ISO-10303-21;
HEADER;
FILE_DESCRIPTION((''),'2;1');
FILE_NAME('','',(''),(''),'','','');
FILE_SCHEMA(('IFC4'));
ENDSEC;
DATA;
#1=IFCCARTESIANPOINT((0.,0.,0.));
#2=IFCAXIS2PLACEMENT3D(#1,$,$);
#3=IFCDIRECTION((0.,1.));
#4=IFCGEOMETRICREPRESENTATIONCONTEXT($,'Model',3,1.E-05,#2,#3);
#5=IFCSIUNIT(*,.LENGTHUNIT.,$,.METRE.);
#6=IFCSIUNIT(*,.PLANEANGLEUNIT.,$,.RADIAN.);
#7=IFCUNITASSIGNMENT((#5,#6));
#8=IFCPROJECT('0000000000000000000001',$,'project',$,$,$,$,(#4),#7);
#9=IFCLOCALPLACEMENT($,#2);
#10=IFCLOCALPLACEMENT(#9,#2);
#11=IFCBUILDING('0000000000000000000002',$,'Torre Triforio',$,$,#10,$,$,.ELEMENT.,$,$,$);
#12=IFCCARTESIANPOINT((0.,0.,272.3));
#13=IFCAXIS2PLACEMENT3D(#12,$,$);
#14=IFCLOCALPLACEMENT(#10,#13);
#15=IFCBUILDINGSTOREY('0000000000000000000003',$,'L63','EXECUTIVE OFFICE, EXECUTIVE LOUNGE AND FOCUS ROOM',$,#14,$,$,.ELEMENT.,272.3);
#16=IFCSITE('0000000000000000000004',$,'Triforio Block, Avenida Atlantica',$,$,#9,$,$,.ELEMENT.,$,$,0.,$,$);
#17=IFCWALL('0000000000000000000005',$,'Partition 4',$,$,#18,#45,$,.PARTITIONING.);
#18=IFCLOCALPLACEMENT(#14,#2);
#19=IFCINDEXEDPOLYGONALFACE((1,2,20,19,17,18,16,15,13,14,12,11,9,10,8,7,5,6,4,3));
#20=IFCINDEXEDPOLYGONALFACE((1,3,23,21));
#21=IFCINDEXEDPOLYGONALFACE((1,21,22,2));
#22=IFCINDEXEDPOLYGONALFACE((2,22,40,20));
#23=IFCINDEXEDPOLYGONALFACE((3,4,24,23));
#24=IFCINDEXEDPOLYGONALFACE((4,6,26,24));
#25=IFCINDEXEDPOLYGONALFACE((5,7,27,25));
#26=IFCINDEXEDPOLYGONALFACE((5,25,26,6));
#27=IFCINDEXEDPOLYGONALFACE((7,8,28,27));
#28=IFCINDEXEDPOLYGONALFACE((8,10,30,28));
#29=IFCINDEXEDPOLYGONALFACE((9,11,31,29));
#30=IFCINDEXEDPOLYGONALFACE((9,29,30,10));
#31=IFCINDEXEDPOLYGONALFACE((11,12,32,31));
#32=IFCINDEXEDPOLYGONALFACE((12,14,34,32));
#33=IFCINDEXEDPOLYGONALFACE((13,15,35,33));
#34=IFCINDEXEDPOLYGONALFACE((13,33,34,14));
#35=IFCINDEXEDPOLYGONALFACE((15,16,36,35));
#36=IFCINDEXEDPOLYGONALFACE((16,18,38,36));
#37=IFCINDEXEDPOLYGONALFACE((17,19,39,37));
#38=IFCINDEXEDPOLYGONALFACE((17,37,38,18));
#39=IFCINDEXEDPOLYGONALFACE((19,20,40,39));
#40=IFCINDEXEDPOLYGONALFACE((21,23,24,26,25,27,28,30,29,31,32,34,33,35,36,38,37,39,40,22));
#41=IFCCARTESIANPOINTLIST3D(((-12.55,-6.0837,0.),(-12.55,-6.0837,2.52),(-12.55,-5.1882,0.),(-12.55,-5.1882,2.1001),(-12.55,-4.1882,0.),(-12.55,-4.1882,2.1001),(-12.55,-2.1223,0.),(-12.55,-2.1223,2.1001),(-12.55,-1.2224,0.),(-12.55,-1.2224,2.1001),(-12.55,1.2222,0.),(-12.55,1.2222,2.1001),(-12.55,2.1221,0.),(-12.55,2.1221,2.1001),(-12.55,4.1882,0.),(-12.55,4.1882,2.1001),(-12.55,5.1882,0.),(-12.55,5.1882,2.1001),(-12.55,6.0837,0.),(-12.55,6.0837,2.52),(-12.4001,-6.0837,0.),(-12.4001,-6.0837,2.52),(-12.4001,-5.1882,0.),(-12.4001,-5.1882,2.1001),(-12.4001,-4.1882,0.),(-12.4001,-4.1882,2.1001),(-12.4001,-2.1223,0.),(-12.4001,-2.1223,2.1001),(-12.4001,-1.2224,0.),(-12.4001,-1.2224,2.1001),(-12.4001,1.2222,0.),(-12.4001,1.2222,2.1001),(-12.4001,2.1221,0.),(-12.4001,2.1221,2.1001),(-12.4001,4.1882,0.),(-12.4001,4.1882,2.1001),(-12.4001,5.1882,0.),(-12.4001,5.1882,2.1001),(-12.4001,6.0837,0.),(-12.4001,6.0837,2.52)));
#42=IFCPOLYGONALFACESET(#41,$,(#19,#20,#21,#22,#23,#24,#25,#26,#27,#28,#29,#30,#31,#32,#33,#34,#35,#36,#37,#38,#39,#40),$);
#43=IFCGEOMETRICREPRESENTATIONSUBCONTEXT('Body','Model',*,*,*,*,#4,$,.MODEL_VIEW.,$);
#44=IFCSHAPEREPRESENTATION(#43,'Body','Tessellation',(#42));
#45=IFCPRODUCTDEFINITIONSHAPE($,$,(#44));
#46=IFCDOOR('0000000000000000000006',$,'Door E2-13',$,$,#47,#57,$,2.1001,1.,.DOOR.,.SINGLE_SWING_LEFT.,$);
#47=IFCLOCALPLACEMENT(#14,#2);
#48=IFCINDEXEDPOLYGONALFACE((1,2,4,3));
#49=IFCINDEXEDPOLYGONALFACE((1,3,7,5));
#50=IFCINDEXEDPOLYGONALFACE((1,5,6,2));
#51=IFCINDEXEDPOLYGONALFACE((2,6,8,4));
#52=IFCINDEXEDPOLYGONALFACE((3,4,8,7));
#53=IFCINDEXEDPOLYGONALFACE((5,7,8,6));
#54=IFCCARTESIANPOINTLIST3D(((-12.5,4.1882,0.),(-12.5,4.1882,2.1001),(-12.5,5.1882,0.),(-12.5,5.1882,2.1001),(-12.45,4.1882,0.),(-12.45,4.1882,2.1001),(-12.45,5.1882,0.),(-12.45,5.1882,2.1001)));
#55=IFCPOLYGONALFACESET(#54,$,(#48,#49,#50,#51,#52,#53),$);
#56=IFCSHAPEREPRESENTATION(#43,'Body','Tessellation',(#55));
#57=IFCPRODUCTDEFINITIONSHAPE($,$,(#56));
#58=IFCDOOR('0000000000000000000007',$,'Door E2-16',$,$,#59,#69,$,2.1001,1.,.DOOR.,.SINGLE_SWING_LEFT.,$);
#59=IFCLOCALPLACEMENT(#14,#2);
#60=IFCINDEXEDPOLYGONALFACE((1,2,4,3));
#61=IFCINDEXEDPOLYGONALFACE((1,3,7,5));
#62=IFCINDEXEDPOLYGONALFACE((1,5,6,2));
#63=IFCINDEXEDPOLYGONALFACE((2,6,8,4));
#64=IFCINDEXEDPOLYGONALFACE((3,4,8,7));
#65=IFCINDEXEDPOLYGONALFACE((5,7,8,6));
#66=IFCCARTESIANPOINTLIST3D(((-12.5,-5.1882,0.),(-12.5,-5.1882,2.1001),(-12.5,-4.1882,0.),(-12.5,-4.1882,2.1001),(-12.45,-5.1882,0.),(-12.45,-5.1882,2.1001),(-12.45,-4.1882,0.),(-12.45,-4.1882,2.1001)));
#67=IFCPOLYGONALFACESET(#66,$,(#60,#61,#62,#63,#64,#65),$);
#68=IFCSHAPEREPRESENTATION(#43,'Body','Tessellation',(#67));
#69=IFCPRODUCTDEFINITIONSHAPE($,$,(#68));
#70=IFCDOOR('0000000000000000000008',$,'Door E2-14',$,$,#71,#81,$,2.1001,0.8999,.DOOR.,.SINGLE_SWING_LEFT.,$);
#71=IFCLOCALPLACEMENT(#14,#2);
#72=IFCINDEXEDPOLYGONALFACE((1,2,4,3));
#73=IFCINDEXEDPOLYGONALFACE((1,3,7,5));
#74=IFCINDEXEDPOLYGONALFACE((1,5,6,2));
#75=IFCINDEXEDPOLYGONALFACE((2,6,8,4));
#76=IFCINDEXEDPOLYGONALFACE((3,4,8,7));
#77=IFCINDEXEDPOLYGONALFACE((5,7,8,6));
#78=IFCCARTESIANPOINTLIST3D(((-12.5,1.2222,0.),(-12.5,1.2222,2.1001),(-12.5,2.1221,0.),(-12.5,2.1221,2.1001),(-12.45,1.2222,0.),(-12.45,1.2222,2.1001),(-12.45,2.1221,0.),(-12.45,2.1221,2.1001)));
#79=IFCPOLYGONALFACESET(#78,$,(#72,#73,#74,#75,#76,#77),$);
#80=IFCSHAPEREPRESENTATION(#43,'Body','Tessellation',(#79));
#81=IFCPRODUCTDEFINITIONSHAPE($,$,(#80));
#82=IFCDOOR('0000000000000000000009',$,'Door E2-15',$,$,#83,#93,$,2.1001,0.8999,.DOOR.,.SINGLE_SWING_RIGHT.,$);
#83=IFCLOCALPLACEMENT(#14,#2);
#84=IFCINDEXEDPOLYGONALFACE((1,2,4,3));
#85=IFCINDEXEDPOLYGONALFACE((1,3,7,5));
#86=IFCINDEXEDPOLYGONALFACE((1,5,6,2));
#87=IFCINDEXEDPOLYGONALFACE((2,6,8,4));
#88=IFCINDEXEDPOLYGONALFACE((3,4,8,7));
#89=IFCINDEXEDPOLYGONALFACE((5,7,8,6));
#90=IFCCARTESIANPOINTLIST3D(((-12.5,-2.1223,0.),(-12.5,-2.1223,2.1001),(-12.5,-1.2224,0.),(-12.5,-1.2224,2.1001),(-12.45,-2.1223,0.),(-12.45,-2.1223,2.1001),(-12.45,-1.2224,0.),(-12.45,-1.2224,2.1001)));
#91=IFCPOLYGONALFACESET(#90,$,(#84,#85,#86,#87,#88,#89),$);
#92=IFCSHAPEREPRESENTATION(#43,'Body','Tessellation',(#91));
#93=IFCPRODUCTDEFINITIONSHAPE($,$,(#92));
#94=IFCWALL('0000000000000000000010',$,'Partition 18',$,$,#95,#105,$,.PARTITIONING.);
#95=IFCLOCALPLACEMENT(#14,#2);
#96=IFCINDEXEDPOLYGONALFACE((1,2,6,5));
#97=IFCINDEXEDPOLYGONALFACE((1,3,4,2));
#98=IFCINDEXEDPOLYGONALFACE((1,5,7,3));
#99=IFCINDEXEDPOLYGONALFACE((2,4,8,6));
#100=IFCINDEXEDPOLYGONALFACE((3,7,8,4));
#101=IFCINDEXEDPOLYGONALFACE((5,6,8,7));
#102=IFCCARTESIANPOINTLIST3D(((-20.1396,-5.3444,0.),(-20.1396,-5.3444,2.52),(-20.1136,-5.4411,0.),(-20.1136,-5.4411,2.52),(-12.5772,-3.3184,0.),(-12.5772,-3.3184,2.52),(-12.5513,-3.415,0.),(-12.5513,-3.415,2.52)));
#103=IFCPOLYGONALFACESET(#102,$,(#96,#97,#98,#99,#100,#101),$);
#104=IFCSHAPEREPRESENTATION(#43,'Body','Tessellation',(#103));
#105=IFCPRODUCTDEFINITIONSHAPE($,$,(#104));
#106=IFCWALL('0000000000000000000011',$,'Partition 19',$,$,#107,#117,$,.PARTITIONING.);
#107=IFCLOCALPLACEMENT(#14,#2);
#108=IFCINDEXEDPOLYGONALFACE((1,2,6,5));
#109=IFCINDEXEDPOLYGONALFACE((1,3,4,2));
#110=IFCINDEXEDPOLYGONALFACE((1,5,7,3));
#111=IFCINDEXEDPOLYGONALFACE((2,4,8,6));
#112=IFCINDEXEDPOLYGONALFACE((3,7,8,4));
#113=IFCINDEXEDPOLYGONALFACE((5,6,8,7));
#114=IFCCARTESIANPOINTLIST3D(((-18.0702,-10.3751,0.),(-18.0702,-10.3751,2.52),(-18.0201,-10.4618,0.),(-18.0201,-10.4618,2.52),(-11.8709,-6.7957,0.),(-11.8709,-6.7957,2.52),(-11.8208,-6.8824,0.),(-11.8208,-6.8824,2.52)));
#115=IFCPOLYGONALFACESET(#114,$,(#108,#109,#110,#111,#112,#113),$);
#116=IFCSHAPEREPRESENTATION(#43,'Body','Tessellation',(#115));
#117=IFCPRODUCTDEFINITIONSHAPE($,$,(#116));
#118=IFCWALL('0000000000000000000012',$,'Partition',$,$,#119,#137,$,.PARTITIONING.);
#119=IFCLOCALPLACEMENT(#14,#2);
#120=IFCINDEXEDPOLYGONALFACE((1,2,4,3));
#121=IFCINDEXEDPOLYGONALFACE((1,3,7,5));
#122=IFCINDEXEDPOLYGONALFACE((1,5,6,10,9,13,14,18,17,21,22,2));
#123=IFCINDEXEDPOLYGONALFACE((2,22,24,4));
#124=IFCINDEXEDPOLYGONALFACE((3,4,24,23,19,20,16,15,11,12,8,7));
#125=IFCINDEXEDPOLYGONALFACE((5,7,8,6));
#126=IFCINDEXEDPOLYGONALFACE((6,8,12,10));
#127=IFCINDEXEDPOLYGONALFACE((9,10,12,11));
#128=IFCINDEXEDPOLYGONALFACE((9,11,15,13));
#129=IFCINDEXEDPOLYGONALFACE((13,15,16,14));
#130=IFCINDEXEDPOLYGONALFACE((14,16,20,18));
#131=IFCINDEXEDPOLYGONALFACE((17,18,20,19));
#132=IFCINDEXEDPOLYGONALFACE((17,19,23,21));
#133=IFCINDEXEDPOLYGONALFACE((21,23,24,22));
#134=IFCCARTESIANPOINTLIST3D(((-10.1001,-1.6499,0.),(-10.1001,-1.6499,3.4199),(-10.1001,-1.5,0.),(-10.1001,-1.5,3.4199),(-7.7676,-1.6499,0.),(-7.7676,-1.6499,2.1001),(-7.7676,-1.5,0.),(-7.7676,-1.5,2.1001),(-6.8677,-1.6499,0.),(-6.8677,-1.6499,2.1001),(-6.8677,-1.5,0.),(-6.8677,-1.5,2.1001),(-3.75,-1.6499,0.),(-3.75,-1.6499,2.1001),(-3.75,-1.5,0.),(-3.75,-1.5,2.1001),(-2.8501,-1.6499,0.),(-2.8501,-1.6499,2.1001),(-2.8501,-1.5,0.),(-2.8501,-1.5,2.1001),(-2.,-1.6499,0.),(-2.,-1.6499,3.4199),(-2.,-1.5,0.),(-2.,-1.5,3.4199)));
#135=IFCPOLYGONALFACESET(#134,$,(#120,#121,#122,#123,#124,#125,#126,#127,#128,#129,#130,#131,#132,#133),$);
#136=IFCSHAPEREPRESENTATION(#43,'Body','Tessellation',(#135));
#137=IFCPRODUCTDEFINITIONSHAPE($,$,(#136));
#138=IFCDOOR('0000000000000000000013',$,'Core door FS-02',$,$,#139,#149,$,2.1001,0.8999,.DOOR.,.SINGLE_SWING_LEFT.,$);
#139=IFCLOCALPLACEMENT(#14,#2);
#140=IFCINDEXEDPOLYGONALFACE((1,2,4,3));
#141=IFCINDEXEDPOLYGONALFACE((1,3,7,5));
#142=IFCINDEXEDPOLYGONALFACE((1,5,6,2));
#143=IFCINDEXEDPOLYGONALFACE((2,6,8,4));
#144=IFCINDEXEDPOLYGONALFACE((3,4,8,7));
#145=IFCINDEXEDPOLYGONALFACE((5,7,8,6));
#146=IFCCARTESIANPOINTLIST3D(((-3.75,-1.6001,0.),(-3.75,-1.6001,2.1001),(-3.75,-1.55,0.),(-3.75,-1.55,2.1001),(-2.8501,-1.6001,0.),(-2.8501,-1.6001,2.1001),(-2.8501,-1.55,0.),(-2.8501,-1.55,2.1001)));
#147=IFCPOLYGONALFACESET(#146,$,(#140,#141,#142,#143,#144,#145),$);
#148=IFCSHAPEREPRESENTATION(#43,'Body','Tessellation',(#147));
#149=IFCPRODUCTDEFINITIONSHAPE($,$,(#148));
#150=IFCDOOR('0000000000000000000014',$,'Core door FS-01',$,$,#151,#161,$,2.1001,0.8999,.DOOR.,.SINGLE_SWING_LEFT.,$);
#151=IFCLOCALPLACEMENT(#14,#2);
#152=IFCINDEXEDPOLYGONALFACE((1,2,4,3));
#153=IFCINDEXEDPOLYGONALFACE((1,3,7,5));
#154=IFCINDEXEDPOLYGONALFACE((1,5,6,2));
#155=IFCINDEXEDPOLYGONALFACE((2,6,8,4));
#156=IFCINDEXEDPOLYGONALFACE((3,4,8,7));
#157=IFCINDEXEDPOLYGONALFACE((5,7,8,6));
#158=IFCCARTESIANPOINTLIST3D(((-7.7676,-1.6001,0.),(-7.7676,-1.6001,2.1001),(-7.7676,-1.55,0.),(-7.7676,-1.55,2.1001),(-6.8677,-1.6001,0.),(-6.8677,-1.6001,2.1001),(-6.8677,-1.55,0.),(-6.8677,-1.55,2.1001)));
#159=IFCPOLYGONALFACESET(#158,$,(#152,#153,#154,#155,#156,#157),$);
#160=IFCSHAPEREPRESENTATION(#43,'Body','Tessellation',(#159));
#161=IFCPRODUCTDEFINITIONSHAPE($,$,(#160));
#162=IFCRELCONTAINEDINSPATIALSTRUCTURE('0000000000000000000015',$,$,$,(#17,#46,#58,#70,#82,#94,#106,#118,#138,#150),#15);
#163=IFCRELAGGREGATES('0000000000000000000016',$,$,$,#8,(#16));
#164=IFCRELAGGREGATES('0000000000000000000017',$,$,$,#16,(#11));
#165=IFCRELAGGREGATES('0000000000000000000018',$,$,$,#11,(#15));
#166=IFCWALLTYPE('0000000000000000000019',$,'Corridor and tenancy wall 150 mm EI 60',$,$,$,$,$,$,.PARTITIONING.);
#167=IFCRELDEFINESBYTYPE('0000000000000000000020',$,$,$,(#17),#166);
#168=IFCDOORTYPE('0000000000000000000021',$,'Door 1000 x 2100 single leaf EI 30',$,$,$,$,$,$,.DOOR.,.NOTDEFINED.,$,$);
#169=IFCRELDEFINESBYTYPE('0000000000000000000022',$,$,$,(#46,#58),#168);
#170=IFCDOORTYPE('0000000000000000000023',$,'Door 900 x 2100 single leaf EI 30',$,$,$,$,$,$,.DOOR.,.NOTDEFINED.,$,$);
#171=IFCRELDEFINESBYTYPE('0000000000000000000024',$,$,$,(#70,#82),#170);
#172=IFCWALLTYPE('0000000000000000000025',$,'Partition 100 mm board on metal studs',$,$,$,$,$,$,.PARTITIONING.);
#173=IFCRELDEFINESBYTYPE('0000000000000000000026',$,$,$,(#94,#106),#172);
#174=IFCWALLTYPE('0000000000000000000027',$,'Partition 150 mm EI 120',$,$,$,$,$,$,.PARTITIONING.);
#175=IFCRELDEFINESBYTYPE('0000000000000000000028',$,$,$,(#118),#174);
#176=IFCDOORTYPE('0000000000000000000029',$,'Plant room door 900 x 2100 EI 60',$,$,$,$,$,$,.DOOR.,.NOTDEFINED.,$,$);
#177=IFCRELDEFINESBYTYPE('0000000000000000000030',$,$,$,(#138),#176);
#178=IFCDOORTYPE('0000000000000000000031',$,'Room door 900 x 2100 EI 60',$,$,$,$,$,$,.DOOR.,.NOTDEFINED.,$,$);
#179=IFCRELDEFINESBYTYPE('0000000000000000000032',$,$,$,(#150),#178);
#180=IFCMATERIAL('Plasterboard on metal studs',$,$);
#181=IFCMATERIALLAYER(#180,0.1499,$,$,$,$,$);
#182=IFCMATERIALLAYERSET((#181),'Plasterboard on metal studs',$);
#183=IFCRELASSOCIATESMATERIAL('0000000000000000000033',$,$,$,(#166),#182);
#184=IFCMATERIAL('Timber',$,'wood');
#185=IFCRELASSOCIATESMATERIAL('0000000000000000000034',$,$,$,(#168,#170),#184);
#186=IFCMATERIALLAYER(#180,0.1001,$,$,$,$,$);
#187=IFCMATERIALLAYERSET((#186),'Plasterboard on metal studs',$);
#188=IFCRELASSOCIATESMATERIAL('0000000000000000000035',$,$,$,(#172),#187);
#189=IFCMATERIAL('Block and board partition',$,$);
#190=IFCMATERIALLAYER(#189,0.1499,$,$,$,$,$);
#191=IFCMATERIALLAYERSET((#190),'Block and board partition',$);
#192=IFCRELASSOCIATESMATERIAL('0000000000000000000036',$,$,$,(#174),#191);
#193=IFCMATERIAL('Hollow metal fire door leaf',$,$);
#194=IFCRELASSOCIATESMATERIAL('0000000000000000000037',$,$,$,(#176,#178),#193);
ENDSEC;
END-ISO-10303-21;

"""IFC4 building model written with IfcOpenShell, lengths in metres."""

from ifc_helpers import new_model, si_unit, direction, frame, frame_2d, origin, place, context, subcontext, project, spatial, rectangle, extrude, material, layer, layer_set, type_object, element, fill, save


model = new_model("IFC4")

# Units and contexts
model_context = context("Model", 3, precision=1e-05, world=origin(), true_north=direction((0.0, 1.0)))
body_context = subcontext(model_context, "Body", "Model", "MODEL_VIEW")
ifc_project = project(units=[si_unit("LENGTHUNIT", "METRE"), si_unit("PLANEANGLEUNIT", "RADIAN")], contexts=[model_context])

# Site, building, storey
site_placement = place(None, origin())
site = spatial("IfcSite", under=ifc_project, at=site_placement, Name="Triforio Block, Avenida Atlantica", CompositionType="ELEMENT", RefElevation=0.0)
building_placement = place(site_placement, origin())
building = spatial("IfcBuilding", under=site, at=building_placement, Name="Torre Triforio", CompositionType="ELEMENT")
storey_placement = place(building_placement, frame((0.0, 0.0, 272.3)))
storey = spatial("IfcBuildingStorey", under=building, at=storey_placement, Name="L63", Description="EXECUTIVE OFFICE, EXECUTIVE LOUNGE AND FOCUS ROOM", CompositionType="ELEMENT", Elevation=272.3)

# Shared definitions
ifc_material_1 = material(Name="Hollow metal fire door leaf")

# Wall, openings, doors
ifc_material_2 = material(Name="Plasterboard on metal studs")
ifc_layer_1 = layer(ifc_material_2, 0.1499)
ifc_layer_set_1 = layer_set([ifc_layer_1], Name="Plasterboard on metal studs")
wall_type_1 = type_object("IfcWallType", Name="Corridor and tenancy wall 150 mm EI 60", PredefinedType="PARTITIONING", material=ifc_layer_set_1)
wall_1_placement = place(storey_placement, frame((-12.4751, -6.0837, 0.0), z_axis=(0.0, 0.0, 1.0), x_axis=(0.0, 1.0, 0.0)))
wall_1 = element("IfcWall", 1, at=wall_1_placement, inside=storey, type_object=wall_type_1, Name="Partition 4", PredefinedType="PARTITIONING", context=body_context, shape_type="SweptSolid", body=[
    extrude(rectangle(XDim=12.1675, YDim=0.1499, at=frame_2d((6.0837, 0.0))), origin(), (0.0, 0.0, 1.0), 2.52),
])
opening_1_placement = place(wall_1_placement, frame((10.272, 0.0, 0.0)))
opening_1 = element("IfcOpeningElement", 2, at=opening_1_placement, cuts=wall_1, PredefinedType="OPENING", context=body_context, shape_type="SweptSolid", body=[
    extrude(rectangle(XDim=1.0, YDim=2.1001, at=frame_2d((0.5, 1.05))), frame((0.0, 0.085, 0.0), z_axis=(0.0, -1.0, 0.0), x_axis=(1.0, 0.0, 0.0)), (0.0, 0.0, 1.0), 0.1699),
])
opening_2_placement = place(wall_1_placement, frame((7.3059, 0.0, 0.0)))
opening_2 = element("IfcOpeningElement", 3, at=opening_2_placement, cuts=wall_1, PredefinedType="OPENING", context=body_context, shape_type="SweptSolid", body=[
    extrude(rectangle(XDim=0.8999, YDim=2.1001, at=frame_2d((0.45, 1.05))), frame((0.0, 0.085, 0.0), z_axis=(0.0, -1.0, 0.0), x_axis=(1.0, 0.0, 0.0)), (0.0, 0.0, 1.0), 0.1699),
])
opening_3_placement = place(wall_1_placement, frame((3.9614, 0.0, 0.0)))
opening_3 = element("IfcOpeningElement", 4, at=opening_3_placement, cuts=wall_1, PredefinedType="OPENING", context=body_context, shape_type="SweptSolid", body=[
    extrude(rectangle(XDim=0.8999, YDim=2.1001, at=frame_2d((0.45, 1.05))), frame((0.0, 0.085, 0.0), z_axis=(0.0, -1.0, 0.0), x_axis=(1.0, 0.0, 0.0)), (0.0, 0.0, 1.0), 0.1699),
])
opening_4_placement = place(wall_1_placement, frame((0.8955, 0.0, 0.0)))
opening_4 = element("IfcOpeningElement", 5, at=opening_4_placement, cuts=wall_1, PredefinedType="OPENING", context=body_context, shape_type="SweptSolid", body=[
    extrude(rectangle(XDim=1.0, YDim=2.1001, at=frame_2d((0.5, 1.05))), frame((0.0, 0.085, 0.0), z_axis=(0.0, -1.0, 0.0), x_axis=(1.0, 0.0, 0.0)), (0.0, 0.0, 1.0), 0.1699),
])
ifc_material_3 = material(Name="Timber", Category="wood")
door_type_1 = type_object("IfcDoorType", Name="Door 1000 x 2100 single leaf EI 30", OperationType="NOTDEFINED", PredefinedType="DOOR", material=ifc_material_3)
door_1_placement = place(opening_1_placement, origin())
door_1 = element("IfcDoor", 6, at=door_1_placement, inside=storey, type_object=door_type_1, Name="Door E2-13", OperationType="SINGLE_SWING_LEFT", OverallHeight=2.1001, OverallWidth=1.0, PredefinedType="DOOR", context=body_context, shape_type="SweptSolid", body=[
    extrude(rectangle(XDim=1.0, YDim=2.1001, at=frame_2d((0.5, 1.05))), frame((0.0, 0.0249, 0.0), z_axis=(0.0, -1.0, 0.0), x_axis=(1.0, 0.0, 0.0)), (0.0, 0.0, 1.0), 0.05),
])
fill(opening_1, door_1)
door_2_placement = place(opening_4_placement, origin())
door_2 = element("IfcDoor", 7, at=door_2_placement, inside=storey, type_object=door_type_1, Name="Door E2-16", OperationType="SINGLE_SWING_LEFT", OverallHeight=2.1001, OverallWidth=1.0, PredefinedType="DOOR", context=body_context, shape_type="SweptSolid", body=[
    extrude(rectangle(XDim=1.0, YDim=2.1001, at=frame_2d((0.5, 1.05))), frame((0.0, 0.0249, 0.0), z_axis=(0.0, -1.0, 0.0), x_axis=(1.0, 0.0, 0.0)), (0.0, 0.0, 1.0), 0.05),
])
fill(opening_4, door_2)
door_type_2 = type_object("IfcDoorType", Name="Door 900 x 2100 single leaf EI 30", OperationType="NOTDEFINED", PredefinedType="DOOR", material=ifc_material_3)
door_3_placement = place(opening_2_placement, origin())
door_3 = element("IfcDoor", 8, at=door_3_placement, inside=storey, type_object=door_type_2, Name="Door E2-14", OperationType="SINGLE_SWING_LEFT", OverallHeight=2.1001, OverallWidth=0.8999, PredefinedType="DOOR", context=body_context, shape_type="SweptSolid", body=[
    extrude(rectangle(XDim=0.8999, YDim=2.1001, at=frame_2d((0.45, 1.05))), frame((0.0, 0.0249, 0.0), z_axis=(0.0, -1.0, 0.0), x_axis=(1.0, 0.0, 0.0)), (0.0, 0.0, 1.0), 0.05),
])
fill(opening_2, door_3)
door_4_placement = place(opening_3_placement, origin())
door_4 = element("IfcDoor", 9, at=door_4_placement, inside=storey, type_object=door_type_2, Name="Door E2-15", OperationType="SINGLE_SWING_RIGHT", OverallHeight=2.1001, OverallWidth=0.8999, PredefinedType="DOOR", context=body_context, shape_type="SweptSolid", body=[
    extrude(rectangle(XDim=0.8999, YDim=2.1001, at=frame_2d((0.45, 1.05))), frame((0.0, 0.0249, 0.0), z_axis=(0.0, -1.0, 0.0), x_axis=(1.0, 0.0, 0.0)), (0.0, 0.0, 1.0), 0.05),
])
fill(opening_3, door_4)

# Walls
ifc_layer_2 = layer(ifc_material_2, 0.1001)
ifc_layer_set_2 = layer_set([ifc_layer_2], Name="Plasterboard on metal studs")
wall_type_2 = type_object("IfcWallType", Name="Partition 100 mm board on metal studs", PredefinedType="PARTITIONING", material=ifc_layer_set_2)
wall_2_placement = place(storey_placement, frame((-12.5642, -3.3667, 0.0), z_axis=(0.0, 0.0, 1.0), x_axis=(-0.965934, -0.25879, 0.0)))
element("IfcWall", 10, at=wall_2_placement, inside=storey, type_object=wall_type_2, Name="Partition 18", PredefinedType="PARTITIONING", context=body_context, shape_type="SweptSolid", body=[
    extrude(rectangle(XDim=7.8291, YDim=0.1001, at=frame_2d((3.9146, 0.0))), origin(), (0.0, 0.0, 1.0), 2.52),
])
wall_3_placement = place(storey_placement, frame((-11.8459, -6.8391, 0.0), z_axis=(0.0, 0.0, 1.0), x_axis=(-0.866012, -0.500024, 0.0)))
element("IfcWall", 11, at=wall_3_placement, inside=storey, type_object=wall_type_2, Name="Partition 19", PredefinedType="PARTITIONING", context=body_context, shape_type="SweptSolid", body=[
    extrude(rectangle(XDim=7.1584, YDim=0.1001, at=frame_2d((3.5791, 0.0))), origin(), (0.0, 0.0, 1.0), 2.52),
])

# Wall, openings, doors
ifc_material_4 = material(Name="Block and board partition")
ifc_layer_3 = layer(ifc_material_4, 0.1499)
ifc_layer_set_3 = layer_set([ifc_layer_3], Name="Block and board partition")
wall_type_3 = type_object("IfcWallType", Name="Partition 150 mm EI 120", PredefinedType="PARTITIONING", material=ifc_layer_set_3)
wall_4_placement = place(storey_placement, frame((-10.1001, -1.575, 0.0), z_axis=(0.0, 0.0, 1.0), x_axis=(1.0, 0.0, 0.0)))
wall_4 = element("IfcWall", 12, at=wall_4_placement, inside=storey, type_object=wall_type_3, Name="Partition", PredefinedType="PARTITIONING", context=body_context, shape_type="SweptSolid", body=[
    extrude(rectangle(XDim=8.1001, YDim=0.1499, at=frame_2d((4.05, 0.0))), origin(), (0.0, 0.0, 1.0), 3.4199),
])
opening_5_placement = place(wall_4_placement, frame((2.3325, 0.0, 0.0)))
opening_5 = element("IfcOpeningElement", 13, at=opening_5_placement, cuts=wall_4, PredefinedType="OPENING", context=body_context, shape_type="SweptSolid", body=[
    extrude(rectangle(XDim=0.8999, YDim=2.1001, at=frame_2d((0.45, 1.05))), frame((0.0, 0.085, 0.0), z_axis=(0.0, -1.0, 0.0), x_axis=(1.0, 0.0, 0.0)), (0.0, 0.0, 1.0), 0.1699),
])
opening_6_placement = place(wall_4_placement, frame((6.3501, 0.0, 0.0)))
opening_6 = element("IfcOpeningElement", 14, at=opening_6_placement, cuts=wall_4, PredefinedType="OPENING", context=body_context, shape_type="SweptSolid", body=[
    extrude(rectangle(XDim=0.8999, YDim=2.1001, at=frame_2d((0.45, 1.05))), frame((0.0, 0.085, 0.0), z_axis=(0.0, -1.0, 0.0), x_axis=(1.0, 0.0, 0.0)), (0.0, 0.0, 1.0), 0.1699),
])
door_type_3 = type_object("IfcDoorType", Name="Plant room door 900 x 2100 EI 60", OperationType="NOTDEFINED", PredefinedType="DOOR", material=ifc_material_1)
door_5_placement = place(opening_6_placement, origin())
door_5 = element("IfcDoor", 15, at=door_5_placement, inside=storey, type_object=door_type_3, Name="Core door FS-02", OperationType="SINGLE_SWING_LEFT", OverallHeight=2.1001, OverallWidth=0.8999, PredefinedType="DOOR", context=body_context, shape_type="SweptSolid", body=[
    extrude(rectangle(XDim=0.8999, YDim=2.1001, at=frame_2d((0.45, 1.05))), frame((0.0, 0.0249, 0.0), z_axis=(0.0, -1.0, 0.0), x_axis=(1.0, 0.0, 0.0)), (0.0, 0.0, 1.0), 0.05),
])
fill(opening_6, door_5)
door_type_4 = type_object("IfcDoorType", Name="Room door 900 x 2100 EI 60", OperationType="NOTDEFINED", PredefinedType="DOOR", material=ifc_material_1)
door_6_placement = place(opening_5_placement, origin())
door_6 = element("IfcDoor", 16, at=door_6_placement, inside=storey, type_object=door_type_4, Name="Core door FS-01", OperationType="SINGLE_SWING_LEFT", OverallHeight=2.1001, OverallWidth=0.8999, PredefinedType="DOOR", context=body_context, shape_type="SweptSolid", body=[
    extrude(rectangle(XDim=0.8999, YDim=2.1001, at=frame_2d((0.45, 1.05))), frame((0.0, 0.0249, 0.0), z_axis=(0.0, -1.0, 0.0), x_axis=(1.0, 0.0, 0.0)), (0.0, 0.0, 1.0), 0.05),
])
fill(opening_5, door_6)

save(model, "model.ifc")
